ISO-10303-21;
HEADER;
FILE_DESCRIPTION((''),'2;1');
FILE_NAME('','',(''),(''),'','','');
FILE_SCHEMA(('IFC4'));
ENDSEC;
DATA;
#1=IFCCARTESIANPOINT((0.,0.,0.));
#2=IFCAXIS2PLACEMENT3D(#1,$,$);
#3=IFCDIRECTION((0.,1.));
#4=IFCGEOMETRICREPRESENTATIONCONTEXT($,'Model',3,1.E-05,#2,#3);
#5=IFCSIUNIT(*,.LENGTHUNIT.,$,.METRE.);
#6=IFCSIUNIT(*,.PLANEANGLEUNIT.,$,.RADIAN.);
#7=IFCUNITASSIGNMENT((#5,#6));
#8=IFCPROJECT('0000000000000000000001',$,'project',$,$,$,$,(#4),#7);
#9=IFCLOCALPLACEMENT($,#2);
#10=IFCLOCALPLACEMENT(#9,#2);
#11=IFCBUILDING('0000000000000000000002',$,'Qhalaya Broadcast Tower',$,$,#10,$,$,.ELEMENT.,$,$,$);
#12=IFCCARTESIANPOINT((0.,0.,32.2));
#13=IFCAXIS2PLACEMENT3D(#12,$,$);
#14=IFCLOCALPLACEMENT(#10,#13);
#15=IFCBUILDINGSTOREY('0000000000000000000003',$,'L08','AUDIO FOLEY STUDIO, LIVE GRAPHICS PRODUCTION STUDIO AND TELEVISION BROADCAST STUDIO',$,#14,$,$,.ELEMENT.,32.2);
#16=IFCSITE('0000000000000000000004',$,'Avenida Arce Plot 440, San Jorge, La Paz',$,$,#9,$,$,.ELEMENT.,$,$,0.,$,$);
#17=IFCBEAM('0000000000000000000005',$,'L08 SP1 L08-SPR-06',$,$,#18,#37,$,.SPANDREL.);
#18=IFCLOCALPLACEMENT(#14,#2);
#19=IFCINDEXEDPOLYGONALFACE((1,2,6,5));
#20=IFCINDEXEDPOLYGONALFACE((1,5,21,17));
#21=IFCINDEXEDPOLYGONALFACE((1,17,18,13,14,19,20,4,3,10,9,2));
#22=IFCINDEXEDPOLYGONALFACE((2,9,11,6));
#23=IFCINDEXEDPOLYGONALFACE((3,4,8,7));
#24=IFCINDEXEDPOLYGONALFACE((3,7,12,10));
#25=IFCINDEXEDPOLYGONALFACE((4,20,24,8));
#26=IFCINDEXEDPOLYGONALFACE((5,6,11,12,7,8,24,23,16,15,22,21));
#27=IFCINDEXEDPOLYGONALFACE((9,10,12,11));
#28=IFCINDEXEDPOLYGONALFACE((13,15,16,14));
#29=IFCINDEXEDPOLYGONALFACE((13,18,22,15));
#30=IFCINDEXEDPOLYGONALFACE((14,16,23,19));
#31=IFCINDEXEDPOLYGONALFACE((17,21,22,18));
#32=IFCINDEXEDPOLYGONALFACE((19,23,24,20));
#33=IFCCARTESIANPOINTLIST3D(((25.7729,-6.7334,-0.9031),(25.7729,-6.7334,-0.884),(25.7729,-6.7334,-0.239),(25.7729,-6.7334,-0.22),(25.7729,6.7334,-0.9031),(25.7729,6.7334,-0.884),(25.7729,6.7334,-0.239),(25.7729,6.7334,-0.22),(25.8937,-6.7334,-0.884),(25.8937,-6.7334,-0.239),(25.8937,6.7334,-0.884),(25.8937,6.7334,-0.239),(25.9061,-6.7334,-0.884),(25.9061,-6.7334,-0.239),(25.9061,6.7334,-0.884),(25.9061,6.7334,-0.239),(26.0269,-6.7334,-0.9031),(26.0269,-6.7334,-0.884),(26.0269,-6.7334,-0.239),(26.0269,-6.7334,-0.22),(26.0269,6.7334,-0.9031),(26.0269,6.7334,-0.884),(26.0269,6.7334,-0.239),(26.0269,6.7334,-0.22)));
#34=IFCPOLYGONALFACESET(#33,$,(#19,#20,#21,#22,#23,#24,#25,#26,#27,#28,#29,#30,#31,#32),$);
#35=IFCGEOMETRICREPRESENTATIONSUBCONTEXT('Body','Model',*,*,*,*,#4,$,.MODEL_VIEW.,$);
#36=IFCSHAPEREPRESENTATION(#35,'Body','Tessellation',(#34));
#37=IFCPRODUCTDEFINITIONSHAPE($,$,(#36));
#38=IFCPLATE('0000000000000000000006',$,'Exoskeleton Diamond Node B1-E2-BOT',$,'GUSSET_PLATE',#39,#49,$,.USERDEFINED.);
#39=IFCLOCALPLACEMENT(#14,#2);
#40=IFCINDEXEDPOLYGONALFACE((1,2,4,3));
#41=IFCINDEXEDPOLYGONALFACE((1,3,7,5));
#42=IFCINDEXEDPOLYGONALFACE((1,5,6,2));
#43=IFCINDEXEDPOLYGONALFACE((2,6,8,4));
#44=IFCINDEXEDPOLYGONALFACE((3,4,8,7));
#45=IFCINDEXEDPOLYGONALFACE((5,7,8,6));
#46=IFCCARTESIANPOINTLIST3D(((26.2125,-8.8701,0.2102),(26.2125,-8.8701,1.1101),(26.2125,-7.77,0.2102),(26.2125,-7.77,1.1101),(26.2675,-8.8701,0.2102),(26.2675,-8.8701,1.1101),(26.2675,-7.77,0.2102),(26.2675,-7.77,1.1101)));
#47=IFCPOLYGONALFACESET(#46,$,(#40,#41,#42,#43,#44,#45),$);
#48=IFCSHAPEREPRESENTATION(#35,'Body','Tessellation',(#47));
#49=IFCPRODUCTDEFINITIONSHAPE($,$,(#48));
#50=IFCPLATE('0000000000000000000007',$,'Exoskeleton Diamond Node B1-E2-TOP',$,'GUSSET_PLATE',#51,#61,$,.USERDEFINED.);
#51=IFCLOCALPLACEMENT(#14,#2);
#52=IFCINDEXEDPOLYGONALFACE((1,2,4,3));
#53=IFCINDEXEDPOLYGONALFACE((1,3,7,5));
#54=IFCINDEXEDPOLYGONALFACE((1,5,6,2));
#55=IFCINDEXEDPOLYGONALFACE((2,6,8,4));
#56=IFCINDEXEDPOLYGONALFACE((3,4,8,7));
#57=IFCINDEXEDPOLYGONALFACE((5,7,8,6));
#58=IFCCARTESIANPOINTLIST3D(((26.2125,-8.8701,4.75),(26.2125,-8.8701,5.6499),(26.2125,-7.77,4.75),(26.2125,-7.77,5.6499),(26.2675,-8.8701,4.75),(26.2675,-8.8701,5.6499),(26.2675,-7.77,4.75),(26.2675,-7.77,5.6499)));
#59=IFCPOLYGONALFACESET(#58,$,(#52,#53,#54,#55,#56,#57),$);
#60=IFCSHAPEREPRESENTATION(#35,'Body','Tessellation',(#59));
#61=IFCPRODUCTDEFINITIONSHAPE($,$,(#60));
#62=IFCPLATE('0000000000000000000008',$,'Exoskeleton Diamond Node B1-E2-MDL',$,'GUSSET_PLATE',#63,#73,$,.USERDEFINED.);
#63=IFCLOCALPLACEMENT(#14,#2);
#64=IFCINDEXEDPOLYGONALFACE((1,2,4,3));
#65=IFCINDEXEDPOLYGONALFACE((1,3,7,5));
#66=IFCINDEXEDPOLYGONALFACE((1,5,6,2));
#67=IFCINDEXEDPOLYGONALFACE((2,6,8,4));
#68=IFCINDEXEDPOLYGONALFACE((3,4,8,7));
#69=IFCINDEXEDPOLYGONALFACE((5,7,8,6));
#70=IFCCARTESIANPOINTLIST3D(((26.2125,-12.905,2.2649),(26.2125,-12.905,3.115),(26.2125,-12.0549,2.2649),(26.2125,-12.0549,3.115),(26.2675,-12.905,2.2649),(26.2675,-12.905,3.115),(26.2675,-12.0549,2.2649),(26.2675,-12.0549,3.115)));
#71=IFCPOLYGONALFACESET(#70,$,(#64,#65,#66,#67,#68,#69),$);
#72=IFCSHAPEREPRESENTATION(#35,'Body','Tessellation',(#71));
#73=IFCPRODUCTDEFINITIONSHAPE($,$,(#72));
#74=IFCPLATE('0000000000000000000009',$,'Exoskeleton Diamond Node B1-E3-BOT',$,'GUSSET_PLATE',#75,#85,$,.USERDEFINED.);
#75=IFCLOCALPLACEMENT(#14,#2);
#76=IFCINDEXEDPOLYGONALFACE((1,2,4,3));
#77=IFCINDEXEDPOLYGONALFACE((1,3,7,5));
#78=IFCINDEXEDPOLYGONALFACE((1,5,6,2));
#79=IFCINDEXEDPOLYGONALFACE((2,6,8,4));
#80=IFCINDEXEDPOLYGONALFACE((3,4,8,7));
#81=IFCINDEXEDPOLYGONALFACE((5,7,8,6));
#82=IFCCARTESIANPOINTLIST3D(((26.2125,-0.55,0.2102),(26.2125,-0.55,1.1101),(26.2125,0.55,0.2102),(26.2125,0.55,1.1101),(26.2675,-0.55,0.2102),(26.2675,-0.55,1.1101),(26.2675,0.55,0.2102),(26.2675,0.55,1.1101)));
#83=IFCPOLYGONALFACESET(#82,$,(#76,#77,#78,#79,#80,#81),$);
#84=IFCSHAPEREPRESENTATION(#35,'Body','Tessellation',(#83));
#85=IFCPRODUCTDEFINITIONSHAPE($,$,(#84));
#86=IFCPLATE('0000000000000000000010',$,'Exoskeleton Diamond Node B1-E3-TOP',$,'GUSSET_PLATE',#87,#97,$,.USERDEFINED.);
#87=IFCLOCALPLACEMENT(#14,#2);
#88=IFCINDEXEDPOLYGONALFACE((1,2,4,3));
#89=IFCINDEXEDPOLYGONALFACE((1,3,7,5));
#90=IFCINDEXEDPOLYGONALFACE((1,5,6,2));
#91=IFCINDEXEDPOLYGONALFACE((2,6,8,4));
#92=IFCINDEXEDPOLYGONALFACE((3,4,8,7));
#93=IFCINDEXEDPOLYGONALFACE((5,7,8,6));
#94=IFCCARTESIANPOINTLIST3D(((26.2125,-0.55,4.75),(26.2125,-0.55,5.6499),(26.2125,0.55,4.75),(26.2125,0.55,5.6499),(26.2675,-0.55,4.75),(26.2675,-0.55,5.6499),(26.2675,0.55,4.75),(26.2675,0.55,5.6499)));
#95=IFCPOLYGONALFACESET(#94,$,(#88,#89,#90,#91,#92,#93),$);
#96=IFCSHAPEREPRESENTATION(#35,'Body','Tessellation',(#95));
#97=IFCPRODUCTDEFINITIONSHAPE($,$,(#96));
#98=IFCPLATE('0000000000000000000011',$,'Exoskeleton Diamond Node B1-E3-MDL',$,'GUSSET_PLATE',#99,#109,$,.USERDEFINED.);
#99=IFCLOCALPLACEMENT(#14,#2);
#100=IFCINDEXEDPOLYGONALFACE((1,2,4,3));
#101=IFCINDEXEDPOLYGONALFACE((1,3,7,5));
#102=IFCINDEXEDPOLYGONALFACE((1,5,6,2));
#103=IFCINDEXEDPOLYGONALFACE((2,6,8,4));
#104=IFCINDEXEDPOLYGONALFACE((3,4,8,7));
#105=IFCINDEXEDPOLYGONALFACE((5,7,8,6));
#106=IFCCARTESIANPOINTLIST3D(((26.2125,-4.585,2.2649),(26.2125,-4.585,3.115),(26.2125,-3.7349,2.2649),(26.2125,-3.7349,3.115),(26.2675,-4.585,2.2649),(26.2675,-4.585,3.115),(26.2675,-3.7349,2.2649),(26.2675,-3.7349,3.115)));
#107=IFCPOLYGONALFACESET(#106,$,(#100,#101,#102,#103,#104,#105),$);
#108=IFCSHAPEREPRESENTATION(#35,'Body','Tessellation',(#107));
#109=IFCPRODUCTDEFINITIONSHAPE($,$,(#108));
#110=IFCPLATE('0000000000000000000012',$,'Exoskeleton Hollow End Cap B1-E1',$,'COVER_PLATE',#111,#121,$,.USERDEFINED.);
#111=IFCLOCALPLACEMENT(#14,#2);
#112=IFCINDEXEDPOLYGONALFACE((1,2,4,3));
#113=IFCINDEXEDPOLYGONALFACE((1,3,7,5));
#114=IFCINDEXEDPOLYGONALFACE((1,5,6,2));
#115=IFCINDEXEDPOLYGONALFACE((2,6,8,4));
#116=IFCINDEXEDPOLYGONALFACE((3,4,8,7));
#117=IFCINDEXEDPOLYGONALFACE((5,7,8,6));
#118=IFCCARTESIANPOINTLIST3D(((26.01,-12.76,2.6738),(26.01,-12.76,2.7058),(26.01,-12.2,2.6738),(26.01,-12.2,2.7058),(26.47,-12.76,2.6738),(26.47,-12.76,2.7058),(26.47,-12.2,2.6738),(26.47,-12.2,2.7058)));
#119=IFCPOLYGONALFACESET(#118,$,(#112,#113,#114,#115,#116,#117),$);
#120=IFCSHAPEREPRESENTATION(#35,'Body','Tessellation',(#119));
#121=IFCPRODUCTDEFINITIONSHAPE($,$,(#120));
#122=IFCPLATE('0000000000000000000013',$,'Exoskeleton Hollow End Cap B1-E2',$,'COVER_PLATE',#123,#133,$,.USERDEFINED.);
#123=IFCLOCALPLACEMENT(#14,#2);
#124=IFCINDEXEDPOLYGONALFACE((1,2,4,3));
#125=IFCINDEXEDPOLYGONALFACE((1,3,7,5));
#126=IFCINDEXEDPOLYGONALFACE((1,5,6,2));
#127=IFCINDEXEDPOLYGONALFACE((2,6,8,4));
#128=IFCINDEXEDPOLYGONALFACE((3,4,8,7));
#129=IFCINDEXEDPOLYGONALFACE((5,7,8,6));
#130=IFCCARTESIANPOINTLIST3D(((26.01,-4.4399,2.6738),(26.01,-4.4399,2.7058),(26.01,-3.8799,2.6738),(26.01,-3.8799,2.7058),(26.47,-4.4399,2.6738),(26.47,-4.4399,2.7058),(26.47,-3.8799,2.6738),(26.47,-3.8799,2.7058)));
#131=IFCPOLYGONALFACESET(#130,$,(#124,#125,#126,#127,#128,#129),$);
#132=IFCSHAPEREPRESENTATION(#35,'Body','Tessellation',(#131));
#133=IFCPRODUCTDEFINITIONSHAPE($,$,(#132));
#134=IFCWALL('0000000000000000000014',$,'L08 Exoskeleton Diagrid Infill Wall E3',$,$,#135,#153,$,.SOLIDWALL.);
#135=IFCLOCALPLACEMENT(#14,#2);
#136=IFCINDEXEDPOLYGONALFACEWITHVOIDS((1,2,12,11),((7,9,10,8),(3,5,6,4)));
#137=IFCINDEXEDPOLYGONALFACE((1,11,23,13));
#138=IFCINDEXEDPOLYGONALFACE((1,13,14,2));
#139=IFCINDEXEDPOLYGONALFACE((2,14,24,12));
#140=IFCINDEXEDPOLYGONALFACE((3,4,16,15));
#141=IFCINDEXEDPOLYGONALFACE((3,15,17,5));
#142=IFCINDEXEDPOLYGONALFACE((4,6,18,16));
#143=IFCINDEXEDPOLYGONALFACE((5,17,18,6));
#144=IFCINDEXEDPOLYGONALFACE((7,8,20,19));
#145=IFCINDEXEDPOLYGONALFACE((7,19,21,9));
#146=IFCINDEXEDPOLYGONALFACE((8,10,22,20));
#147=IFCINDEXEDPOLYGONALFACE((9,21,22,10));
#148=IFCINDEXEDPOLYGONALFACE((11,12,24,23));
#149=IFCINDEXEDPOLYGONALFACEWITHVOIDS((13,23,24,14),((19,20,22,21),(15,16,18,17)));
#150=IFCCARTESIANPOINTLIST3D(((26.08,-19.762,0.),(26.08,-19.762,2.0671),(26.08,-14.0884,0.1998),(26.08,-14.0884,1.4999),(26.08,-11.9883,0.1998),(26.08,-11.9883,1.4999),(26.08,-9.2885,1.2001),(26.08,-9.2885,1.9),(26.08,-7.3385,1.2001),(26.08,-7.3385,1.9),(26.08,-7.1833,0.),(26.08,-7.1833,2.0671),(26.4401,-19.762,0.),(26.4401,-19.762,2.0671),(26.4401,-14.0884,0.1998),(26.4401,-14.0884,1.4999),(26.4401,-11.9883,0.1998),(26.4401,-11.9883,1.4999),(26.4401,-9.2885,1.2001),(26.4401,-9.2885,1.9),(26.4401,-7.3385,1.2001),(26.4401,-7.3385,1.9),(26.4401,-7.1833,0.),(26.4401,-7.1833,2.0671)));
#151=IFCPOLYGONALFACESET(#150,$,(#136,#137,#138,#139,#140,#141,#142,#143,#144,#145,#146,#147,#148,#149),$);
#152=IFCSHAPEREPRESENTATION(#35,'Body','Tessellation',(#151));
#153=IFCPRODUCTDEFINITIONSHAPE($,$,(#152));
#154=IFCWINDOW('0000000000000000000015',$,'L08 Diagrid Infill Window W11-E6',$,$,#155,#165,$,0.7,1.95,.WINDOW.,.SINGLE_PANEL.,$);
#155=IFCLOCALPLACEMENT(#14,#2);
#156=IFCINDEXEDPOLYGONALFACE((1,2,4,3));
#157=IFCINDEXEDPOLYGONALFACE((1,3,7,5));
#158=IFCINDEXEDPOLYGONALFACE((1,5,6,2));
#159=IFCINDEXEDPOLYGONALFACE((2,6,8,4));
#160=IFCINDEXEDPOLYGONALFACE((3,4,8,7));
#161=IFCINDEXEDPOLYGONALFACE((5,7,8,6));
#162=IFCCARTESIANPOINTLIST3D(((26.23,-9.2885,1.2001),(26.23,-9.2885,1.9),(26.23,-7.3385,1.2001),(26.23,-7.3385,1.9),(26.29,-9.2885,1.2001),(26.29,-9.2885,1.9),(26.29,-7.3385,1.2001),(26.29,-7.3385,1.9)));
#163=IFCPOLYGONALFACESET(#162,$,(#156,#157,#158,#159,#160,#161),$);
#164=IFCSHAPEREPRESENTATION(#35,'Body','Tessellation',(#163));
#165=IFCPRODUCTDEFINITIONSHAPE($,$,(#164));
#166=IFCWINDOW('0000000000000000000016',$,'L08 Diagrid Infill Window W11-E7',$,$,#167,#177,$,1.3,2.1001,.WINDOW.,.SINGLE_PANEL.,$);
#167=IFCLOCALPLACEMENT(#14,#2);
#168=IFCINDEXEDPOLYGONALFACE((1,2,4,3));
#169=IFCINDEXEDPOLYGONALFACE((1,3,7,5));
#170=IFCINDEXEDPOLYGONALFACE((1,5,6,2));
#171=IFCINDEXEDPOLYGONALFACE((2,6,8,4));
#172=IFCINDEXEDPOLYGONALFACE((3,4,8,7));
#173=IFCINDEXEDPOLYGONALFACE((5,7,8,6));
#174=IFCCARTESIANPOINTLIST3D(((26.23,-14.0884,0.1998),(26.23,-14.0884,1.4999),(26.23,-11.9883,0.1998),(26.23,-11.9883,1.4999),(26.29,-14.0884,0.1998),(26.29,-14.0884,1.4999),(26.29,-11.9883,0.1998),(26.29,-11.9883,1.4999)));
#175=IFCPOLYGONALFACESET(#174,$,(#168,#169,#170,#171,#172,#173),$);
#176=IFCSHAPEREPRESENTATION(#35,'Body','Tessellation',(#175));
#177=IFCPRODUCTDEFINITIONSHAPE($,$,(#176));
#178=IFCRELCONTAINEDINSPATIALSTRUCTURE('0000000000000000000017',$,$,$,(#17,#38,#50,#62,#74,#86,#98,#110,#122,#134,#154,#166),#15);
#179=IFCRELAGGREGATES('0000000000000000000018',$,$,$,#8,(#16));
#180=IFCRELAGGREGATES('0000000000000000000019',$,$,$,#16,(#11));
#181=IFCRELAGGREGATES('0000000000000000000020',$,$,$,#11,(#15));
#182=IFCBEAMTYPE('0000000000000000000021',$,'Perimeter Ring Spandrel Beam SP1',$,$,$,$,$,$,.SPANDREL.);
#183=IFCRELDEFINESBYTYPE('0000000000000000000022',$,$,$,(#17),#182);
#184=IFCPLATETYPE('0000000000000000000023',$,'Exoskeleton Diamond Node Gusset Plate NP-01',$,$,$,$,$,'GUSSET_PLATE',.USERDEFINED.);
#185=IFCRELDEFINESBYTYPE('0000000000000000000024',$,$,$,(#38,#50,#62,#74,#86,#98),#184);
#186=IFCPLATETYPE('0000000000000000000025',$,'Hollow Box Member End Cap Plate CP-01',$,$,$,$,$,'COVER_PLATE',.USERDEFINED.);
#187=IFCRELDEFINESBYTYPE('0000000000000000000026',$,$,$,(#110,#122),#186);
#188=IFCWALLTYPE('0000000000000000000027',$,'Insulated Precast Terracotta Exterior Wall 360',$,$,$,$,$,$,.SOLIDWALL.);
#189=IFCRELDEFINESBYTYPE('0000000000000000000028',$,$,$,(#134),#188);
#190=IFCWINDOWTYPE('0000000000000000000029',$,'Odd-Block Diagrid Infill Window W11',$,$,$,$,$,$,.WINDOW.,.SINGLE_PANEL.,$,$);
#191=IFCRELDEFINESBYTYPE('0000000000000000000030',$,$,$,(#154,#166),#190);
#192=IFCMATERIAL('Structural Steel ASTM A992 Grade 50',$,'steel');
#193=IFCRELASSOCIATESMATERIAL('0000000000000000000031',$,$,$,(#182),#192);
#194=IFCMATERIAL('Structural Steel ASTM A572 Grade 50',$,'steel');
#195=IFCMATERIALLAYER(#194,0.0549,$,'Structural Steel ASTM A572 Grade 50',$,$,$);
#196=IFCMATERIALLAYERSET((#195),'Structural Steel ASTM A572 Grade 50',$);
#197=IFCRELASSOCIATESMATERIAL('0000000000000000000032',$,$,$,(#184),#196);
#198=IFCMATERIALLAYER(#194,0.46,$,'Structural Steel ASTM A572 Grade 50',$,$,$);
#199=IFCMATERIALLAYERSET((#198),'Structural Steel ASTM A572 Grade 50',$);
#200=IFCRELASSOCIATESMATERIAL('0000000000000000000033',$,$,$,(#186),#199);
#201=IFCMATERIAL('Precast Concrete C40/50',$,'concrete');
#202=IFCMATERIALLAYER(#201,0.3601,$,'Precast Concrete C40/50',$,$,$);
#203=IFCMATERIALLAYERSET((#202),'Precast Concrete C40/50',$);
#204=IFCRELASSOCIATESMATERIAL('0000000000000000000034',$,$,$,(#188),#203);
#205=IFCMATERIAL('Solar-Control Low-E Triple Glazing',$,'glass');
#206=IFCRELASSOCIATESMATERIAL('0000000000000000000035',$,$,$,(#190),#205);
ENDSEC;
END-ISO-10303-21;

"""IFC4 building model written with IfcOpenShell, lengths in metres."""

from ifc_helpers import new_model, si_unit, direction, frame, frame_2d, origin, origin_2d, place, context, subcontext, project, spatial, rectangle, i_section, extrude, material, layer, layer_set, material_profile, profile_set, type_object, element, fill, save


model = new_model("IFC4")

# Units and contexts
model_context = context("Model", 3, precision=1e-05, world=origin(), true_north=direction((0.0, 1.0)))
body_context = subcontext(model_context, "Body", "Model", "MODEL_VIEW")
ifc_project = project(units=[si_unit("LENGTHUNIT", "METRE"), si_unit("PLANEANGLEUNIT", "RADIAN")], contexts=[model_context])

# Site, building, storey
site_placement = place(None, origin())
site = spatial("IfcSite", under=ifc_project, at=site_placement, Name="Avenida Arce Plot 440, San Jorge, La Paz", CompositionType="ELEMENT", RefElevation=0.0)
building_placement = place(site_placement, origin())
building = spatial("IfcBuilding", under=site, at=building_placement, Name="Qhalaya Broadcast Tower", CompositionType="ELEMENT")
storey_placement = place(building_placement, frame((0.0, 0.0, 32.2)))
storey = spatial("IfcBuildingStorey", under=building, at=storey_placement, Name="L08", Description="AUDIO FOLEY STUDIO, LIVE GRAPHICS PRODUCTION STUDIO AND TELEVISION BROADCAST STUDIO", CompositionType="ELEMENT", Elevation=32.2)

# Shared definitions
ifc_material_1 = material(Name="Structural Steel ASTM A992 Grade 50", Category="steel")
ifc_material_2 = material(Name="Structural Steel ASTM A572 Grade 50", Category="steel")

# Beam
ifc_material_profile_1 = material_profile(ifc_material_1, i_section(OverallWidth=0.2539, OverallDepth=0.6831, WebThickness=0.0125, FlangeThickness=0.019, at=origin_2d()), Name="W27X94")
ifc_profile_set_1 = profile_set([ifc_material_profile_1], Name="Structural Steel ASTM A992 Grade 50")
beam_type = type_object("IfcBeamType", Name="Perimeter Ring Spandrel Beam SP1", PredefinedType="SPANDREL", material=ifc_profile_set_1)
beam_placement = place(storey_placement, frame((25.8999, -6.7334, -0.5615), z_axis=(0.0, 1.0, 0.0), x_axis=(-1.0, 0.0, 0.0)))
element("IfcBeam", 1, at=beam_placement, inside=storey, type_object=beam_type, Name="L08 SP1 L08-SPR-06", PredefinedType="SPANDREL", context=body_context, shape_type="SweptSolid", body=[
    extrude(i_section(OverallWidth=0.2539, OverallDepth=0.6831, WebThickness=0.0125, FlangeThickness=0.019, at=origin_2d()), origin(), (0.0, 0.0, 1.0), 13.4668),
])

# Plates
ifc_layer_1 = layer(ifc_material_2, 0.0549, Name="Structural Steel ASTM A572 Grade 50")
ifc_layer_set_1 = layer_set([ifc_layer_1], Name="Structural Steel ASTM A572 Grade 50")
plate_type_1 = type_object("IfcPlateType", Name="Exoskeleton Diamond Node Gusset Plate NP-01", ElementType="GUSSET_PLATE", PredefinedType="USERDEFINED", material=ifc_layer_set_1)
for number, where, z_axis, x_axis, name in (
    (2, (26.24, -8.3201, 0.2102), (0.0, 0.0, 1.0), (0.0, 1.0, 0.0), "Exoskeleton Diamond Node B1-E2-BOT"),
    (3, (26.24, -8.3201, 4.75), (0.0, 0.0, 1.0), (0.0, 1.0, 0.0), "Exoskeleton Diamond Node B1-E2-TOP"),
):
    element("IfcPlate", number, at=place(storey_placement, frame(where, z_axis=z_axis, x_axis=x_axis)), inside=storey, type_object=plate_type_1, Name=name, ObjectType="GUSSET_PLATE", PredefinedType="USERDEFINED", context=body_context, shape_type="SweptSolid", body=[
        extrude(rectangle(XDim=1.1001, YDim=0.0549, at=origin_2d()), origin(), (0.0, 0.0, 1.0), 0.8999),
    ])
plate_1_placement = place(storey_placement, frame((26.24, -12.48, 2.2649), z_axis=(0.0, 0.0, 1.0), x_axis=(0.0, 1.0, 0.0)))
element("IfcPlate", 4, at=plate_1_placement, inside=storey, type_object=plate_type_1, Name="Exoskeleton Diamond Node B1-E2-MDL", ObjectType="GUSSET_PLATE", PredefinedType="USERDEFINED", context=body_context, shape_type="SweptSolid", body=[
    extrude(rectangle(XDim=0.8501, YDim=0.0549, at=origin_2d()), origin(), (0.0, 0.0, 1.0), 0.8501),
])
for number, where, z_axis, x_axis, name in (
    (5, (26.24, 0.0, 0.2102), (0.0, 0.0, 1.0), (0.0, 1.0, 0.0), "Exoskeleton Diamond Node B1-E3-BOT"),
    (6, (26.24, 0.0, 4.75), (0.0, 0.0, 1.0), (0.0, 1.0, 0.0), "Exoskeleton Diamond Node B1-E3-TOP"),
):
    element("IfcPlate", number, at=place(storey_placement, frame(where, z_axis=z_axis, x_axis=x_axis)), inside=storey, type_object=plate_type_1, Name=name, ObjectType="GUSSET_PLATE", PredefinedType="USERDEFINED", context=body_context, shape_type="SweptSolid", body=[
        extrude(rectangle(XDim=1.1001, YDim=0.0549, at=origin_2d()), origin(), (0.0, 0.0, 1.0), 0.8999),
    ])
plate_2_placement = place(storey_placement, frame((26.24, -4.1599, 2.2649), z_axis=(0.0, 0.0, 1.0), x_axis=(0.0, 1.0, 0.0)))
element("IfcPlate", 7, at=plate_2_placement, inside=storey, type_object=plate_type_1, Name="Exoskeleton Diamond Node B1-E3-MDL", ObjectType="GUSSET_PLATE", PredefinedType="USERDEFINED", context=body_context, shape_type="SweptSolid", body=[
    extrude(rectangle(XDim=0.8501, YDim=0.0549, at=origin_2d()), origin(), (0.0, 0.0, 1.0), 0.8501),
])
ifc_layer_2 = layer(ifc_material_2, 0.46, Name="Structural Steel ASTM A572 Grade 50")
ifc_layer_set_2 = layer_set([ifc_layer_2], Name="Structural Steel ASTM A572 Grade 50")
plate_type_2 = type_object("IfcPlateType", Name="Hollow Box Member End Cap Plate CP-01", ElementType="COVER_PLATE", PredefinedType="USERDEFINED", material=ifc_layer_set_2)
for number, where, z_axis, x_axis, name in (
    (8, (26.24, -12.48, 2.6738), (0.0, 0.0, 1.0), (0.0, 1.0, 0.0), "Exoskeleton Hollow End Cap B1-E1"),
    (9, (26.24, -4.1599, 2.6738), (0.0, 0.0, 1.0), (0.0, 1.0, 0.0), "Exoskeleton Hollow End Cap B1-E2"),
):
    element("IfcPlate", number, at=place(storey_placement, frame(where, z_axis=z_axis, x_axis=x_axis)), inside=storey, type_object=plate_type_2, Name=name, ObjectType="COVER_PLATE", PredefinedType="USERDEFINED", context=body_context, shape_type="SweptSolid", body=[
        extrude(rectangle(XDim=0.5601, YDim=0.46, at=origin_2d()), origin(), (0.0, 0.0, 1.0), 0.032),
    ])

# Wall, openings, windows
ifc_material_3 = material(Name="Precast Concrete C40/50", Category="concrete")
ifc_layer_3 = layer(ifc_material_3, 0.3601, Name="Precast Concrete C40/50")
ifc_layer_set_3 = layer_set([ifc_layer_3], Name="Precast Concrete C40/50")
wall_type_1 = type_object("IfcWallType", Name="Insulated Precast Terracotta Exterior Wall 360", PredefinedType="SOLIDWALL", material=ifc_layer_set_3)
wall_1_placement = place(storey_placement, frame((26.26, -7.1833, 0.0), z_axis=(0.0, 0.0, 1.0), x_axis=(0.0, -1.0, 0.0)))
wall_1 = element("IfcWall", 10, at=wall_1_placement, inside=storey, type_object=wall_type_1, Name="L08 Exoskeleton Diagrid Infill Wall E3", PredefinedType="SOLIDWALL", context=body_context, shape_type="SweptSolid", body=[
    extrude(rectangle(XDim=12.5786, YDim=0.3601, at=frame_2d((6.2893, 0.0))), origin(), (0.0, 0.0, 1.0), 2.0671),
])
opening_1_placement = place(wall_1_placement, frame((0.155, 0.0, 1.2)))
opening_1 = element("IfcOpeningElement", 11, at=opening_1_placement, cuts=wall_1, PredefinedType="OPENING", context=body_context, shape_type="SweptSolid", body=[
    extrude(rectangle(XDim=1.95, YDim=0.7, at=frame_2d((0.9751, 0.3501))), frame((0.0, 0.1921, 0.0), z_axis=(0.0, -1.0, 0.0), x_axis=(1.0, 0.0, 0.0)), (0.0, 0.0, 1.0), 0.384),
])
opening_2_placement = place(wall_1_placement, frame((4.8049, 0.0, 0.2)))
opening_2 = element("IfcOpeningElement", 12, at=opening_2_placement, cuts=wall_1, PredefinedType="OPENING", context=body_context, shape_type="SweptSolid", body=[
    extrude(rectangle(XDim=2.1001, YDim=1.3, at=frame_2d((1.05, 0.6499))), frame((0.0, 0.1921, 0.0), z_axis=(0.0, -1.0, 0.0), x_axis=(1.0, 0.0, 0.0)), (0.0, 0.0, 1.0), 0.384),
])
ifc_material_4 = material(Name="Solar-Control Low-E Triple Glazing", Category="glass")
window_type = type_object("IfcWindowType", Name="Odd-Block Diagrid Infill Window W11", PartitioningType="SINGLE_PANEL", PredefinedType="WINDOW", material=ifc_material_4)
window_1_placement = place(opening_1_placement, origin())
window_1 = element("IfcWindow", 13, at=window_1_placement, inside=storey, type_object=window_type, Name="L08 Diagrid Infill Window W11-E6", OverallHeight=0.7, OverallWidth=1.95, PartitioningType="SINGLE_PANEL", PredefinedType="WINDOW", context=body_context, shape_type="SweptSolid", body=[
    extrude(rectangle(XDim=1.95, YDim=0.7, at=frame_2d((0.9751, 0.3501))), frame((0.0, 0.03, 0.0), z_axis=(0.0, -1.0, 0.0), x_axis=(1.0, 0.0, 0.0)), (0.0, 0.0, 1.0), 0.0601),
])
fill(opening_1, window_1)
window_2_placement = place(opening_2_placement, origin())
window_2 = element("IfcWindow", 14, at=window_2_placement, inside=storey, type_object=window_type, Name="L08 Diagrid Infill Window W11-E7", OverallHeight=1.3, OverallWidth=2.1001, PartitioningType="SINGLE_PANEL", PredefinedType="WINDOW", context=body_context, shape_type="SweptSolid", body=[
    extrude(rectangle(XDim=2.1001, YDim=1.3, at=frame_2d((1.05, 0.6499))), frame((0.0, 0.03, 0.0), z_axis=(0.0, -1.0, 0.0), x_axis=(1.0, 0.0, 0.0)), (0.0, 0.0, 1.0), 0.0601),
])
fill(opening_2, window_2)

save(model, "model.ifc")
